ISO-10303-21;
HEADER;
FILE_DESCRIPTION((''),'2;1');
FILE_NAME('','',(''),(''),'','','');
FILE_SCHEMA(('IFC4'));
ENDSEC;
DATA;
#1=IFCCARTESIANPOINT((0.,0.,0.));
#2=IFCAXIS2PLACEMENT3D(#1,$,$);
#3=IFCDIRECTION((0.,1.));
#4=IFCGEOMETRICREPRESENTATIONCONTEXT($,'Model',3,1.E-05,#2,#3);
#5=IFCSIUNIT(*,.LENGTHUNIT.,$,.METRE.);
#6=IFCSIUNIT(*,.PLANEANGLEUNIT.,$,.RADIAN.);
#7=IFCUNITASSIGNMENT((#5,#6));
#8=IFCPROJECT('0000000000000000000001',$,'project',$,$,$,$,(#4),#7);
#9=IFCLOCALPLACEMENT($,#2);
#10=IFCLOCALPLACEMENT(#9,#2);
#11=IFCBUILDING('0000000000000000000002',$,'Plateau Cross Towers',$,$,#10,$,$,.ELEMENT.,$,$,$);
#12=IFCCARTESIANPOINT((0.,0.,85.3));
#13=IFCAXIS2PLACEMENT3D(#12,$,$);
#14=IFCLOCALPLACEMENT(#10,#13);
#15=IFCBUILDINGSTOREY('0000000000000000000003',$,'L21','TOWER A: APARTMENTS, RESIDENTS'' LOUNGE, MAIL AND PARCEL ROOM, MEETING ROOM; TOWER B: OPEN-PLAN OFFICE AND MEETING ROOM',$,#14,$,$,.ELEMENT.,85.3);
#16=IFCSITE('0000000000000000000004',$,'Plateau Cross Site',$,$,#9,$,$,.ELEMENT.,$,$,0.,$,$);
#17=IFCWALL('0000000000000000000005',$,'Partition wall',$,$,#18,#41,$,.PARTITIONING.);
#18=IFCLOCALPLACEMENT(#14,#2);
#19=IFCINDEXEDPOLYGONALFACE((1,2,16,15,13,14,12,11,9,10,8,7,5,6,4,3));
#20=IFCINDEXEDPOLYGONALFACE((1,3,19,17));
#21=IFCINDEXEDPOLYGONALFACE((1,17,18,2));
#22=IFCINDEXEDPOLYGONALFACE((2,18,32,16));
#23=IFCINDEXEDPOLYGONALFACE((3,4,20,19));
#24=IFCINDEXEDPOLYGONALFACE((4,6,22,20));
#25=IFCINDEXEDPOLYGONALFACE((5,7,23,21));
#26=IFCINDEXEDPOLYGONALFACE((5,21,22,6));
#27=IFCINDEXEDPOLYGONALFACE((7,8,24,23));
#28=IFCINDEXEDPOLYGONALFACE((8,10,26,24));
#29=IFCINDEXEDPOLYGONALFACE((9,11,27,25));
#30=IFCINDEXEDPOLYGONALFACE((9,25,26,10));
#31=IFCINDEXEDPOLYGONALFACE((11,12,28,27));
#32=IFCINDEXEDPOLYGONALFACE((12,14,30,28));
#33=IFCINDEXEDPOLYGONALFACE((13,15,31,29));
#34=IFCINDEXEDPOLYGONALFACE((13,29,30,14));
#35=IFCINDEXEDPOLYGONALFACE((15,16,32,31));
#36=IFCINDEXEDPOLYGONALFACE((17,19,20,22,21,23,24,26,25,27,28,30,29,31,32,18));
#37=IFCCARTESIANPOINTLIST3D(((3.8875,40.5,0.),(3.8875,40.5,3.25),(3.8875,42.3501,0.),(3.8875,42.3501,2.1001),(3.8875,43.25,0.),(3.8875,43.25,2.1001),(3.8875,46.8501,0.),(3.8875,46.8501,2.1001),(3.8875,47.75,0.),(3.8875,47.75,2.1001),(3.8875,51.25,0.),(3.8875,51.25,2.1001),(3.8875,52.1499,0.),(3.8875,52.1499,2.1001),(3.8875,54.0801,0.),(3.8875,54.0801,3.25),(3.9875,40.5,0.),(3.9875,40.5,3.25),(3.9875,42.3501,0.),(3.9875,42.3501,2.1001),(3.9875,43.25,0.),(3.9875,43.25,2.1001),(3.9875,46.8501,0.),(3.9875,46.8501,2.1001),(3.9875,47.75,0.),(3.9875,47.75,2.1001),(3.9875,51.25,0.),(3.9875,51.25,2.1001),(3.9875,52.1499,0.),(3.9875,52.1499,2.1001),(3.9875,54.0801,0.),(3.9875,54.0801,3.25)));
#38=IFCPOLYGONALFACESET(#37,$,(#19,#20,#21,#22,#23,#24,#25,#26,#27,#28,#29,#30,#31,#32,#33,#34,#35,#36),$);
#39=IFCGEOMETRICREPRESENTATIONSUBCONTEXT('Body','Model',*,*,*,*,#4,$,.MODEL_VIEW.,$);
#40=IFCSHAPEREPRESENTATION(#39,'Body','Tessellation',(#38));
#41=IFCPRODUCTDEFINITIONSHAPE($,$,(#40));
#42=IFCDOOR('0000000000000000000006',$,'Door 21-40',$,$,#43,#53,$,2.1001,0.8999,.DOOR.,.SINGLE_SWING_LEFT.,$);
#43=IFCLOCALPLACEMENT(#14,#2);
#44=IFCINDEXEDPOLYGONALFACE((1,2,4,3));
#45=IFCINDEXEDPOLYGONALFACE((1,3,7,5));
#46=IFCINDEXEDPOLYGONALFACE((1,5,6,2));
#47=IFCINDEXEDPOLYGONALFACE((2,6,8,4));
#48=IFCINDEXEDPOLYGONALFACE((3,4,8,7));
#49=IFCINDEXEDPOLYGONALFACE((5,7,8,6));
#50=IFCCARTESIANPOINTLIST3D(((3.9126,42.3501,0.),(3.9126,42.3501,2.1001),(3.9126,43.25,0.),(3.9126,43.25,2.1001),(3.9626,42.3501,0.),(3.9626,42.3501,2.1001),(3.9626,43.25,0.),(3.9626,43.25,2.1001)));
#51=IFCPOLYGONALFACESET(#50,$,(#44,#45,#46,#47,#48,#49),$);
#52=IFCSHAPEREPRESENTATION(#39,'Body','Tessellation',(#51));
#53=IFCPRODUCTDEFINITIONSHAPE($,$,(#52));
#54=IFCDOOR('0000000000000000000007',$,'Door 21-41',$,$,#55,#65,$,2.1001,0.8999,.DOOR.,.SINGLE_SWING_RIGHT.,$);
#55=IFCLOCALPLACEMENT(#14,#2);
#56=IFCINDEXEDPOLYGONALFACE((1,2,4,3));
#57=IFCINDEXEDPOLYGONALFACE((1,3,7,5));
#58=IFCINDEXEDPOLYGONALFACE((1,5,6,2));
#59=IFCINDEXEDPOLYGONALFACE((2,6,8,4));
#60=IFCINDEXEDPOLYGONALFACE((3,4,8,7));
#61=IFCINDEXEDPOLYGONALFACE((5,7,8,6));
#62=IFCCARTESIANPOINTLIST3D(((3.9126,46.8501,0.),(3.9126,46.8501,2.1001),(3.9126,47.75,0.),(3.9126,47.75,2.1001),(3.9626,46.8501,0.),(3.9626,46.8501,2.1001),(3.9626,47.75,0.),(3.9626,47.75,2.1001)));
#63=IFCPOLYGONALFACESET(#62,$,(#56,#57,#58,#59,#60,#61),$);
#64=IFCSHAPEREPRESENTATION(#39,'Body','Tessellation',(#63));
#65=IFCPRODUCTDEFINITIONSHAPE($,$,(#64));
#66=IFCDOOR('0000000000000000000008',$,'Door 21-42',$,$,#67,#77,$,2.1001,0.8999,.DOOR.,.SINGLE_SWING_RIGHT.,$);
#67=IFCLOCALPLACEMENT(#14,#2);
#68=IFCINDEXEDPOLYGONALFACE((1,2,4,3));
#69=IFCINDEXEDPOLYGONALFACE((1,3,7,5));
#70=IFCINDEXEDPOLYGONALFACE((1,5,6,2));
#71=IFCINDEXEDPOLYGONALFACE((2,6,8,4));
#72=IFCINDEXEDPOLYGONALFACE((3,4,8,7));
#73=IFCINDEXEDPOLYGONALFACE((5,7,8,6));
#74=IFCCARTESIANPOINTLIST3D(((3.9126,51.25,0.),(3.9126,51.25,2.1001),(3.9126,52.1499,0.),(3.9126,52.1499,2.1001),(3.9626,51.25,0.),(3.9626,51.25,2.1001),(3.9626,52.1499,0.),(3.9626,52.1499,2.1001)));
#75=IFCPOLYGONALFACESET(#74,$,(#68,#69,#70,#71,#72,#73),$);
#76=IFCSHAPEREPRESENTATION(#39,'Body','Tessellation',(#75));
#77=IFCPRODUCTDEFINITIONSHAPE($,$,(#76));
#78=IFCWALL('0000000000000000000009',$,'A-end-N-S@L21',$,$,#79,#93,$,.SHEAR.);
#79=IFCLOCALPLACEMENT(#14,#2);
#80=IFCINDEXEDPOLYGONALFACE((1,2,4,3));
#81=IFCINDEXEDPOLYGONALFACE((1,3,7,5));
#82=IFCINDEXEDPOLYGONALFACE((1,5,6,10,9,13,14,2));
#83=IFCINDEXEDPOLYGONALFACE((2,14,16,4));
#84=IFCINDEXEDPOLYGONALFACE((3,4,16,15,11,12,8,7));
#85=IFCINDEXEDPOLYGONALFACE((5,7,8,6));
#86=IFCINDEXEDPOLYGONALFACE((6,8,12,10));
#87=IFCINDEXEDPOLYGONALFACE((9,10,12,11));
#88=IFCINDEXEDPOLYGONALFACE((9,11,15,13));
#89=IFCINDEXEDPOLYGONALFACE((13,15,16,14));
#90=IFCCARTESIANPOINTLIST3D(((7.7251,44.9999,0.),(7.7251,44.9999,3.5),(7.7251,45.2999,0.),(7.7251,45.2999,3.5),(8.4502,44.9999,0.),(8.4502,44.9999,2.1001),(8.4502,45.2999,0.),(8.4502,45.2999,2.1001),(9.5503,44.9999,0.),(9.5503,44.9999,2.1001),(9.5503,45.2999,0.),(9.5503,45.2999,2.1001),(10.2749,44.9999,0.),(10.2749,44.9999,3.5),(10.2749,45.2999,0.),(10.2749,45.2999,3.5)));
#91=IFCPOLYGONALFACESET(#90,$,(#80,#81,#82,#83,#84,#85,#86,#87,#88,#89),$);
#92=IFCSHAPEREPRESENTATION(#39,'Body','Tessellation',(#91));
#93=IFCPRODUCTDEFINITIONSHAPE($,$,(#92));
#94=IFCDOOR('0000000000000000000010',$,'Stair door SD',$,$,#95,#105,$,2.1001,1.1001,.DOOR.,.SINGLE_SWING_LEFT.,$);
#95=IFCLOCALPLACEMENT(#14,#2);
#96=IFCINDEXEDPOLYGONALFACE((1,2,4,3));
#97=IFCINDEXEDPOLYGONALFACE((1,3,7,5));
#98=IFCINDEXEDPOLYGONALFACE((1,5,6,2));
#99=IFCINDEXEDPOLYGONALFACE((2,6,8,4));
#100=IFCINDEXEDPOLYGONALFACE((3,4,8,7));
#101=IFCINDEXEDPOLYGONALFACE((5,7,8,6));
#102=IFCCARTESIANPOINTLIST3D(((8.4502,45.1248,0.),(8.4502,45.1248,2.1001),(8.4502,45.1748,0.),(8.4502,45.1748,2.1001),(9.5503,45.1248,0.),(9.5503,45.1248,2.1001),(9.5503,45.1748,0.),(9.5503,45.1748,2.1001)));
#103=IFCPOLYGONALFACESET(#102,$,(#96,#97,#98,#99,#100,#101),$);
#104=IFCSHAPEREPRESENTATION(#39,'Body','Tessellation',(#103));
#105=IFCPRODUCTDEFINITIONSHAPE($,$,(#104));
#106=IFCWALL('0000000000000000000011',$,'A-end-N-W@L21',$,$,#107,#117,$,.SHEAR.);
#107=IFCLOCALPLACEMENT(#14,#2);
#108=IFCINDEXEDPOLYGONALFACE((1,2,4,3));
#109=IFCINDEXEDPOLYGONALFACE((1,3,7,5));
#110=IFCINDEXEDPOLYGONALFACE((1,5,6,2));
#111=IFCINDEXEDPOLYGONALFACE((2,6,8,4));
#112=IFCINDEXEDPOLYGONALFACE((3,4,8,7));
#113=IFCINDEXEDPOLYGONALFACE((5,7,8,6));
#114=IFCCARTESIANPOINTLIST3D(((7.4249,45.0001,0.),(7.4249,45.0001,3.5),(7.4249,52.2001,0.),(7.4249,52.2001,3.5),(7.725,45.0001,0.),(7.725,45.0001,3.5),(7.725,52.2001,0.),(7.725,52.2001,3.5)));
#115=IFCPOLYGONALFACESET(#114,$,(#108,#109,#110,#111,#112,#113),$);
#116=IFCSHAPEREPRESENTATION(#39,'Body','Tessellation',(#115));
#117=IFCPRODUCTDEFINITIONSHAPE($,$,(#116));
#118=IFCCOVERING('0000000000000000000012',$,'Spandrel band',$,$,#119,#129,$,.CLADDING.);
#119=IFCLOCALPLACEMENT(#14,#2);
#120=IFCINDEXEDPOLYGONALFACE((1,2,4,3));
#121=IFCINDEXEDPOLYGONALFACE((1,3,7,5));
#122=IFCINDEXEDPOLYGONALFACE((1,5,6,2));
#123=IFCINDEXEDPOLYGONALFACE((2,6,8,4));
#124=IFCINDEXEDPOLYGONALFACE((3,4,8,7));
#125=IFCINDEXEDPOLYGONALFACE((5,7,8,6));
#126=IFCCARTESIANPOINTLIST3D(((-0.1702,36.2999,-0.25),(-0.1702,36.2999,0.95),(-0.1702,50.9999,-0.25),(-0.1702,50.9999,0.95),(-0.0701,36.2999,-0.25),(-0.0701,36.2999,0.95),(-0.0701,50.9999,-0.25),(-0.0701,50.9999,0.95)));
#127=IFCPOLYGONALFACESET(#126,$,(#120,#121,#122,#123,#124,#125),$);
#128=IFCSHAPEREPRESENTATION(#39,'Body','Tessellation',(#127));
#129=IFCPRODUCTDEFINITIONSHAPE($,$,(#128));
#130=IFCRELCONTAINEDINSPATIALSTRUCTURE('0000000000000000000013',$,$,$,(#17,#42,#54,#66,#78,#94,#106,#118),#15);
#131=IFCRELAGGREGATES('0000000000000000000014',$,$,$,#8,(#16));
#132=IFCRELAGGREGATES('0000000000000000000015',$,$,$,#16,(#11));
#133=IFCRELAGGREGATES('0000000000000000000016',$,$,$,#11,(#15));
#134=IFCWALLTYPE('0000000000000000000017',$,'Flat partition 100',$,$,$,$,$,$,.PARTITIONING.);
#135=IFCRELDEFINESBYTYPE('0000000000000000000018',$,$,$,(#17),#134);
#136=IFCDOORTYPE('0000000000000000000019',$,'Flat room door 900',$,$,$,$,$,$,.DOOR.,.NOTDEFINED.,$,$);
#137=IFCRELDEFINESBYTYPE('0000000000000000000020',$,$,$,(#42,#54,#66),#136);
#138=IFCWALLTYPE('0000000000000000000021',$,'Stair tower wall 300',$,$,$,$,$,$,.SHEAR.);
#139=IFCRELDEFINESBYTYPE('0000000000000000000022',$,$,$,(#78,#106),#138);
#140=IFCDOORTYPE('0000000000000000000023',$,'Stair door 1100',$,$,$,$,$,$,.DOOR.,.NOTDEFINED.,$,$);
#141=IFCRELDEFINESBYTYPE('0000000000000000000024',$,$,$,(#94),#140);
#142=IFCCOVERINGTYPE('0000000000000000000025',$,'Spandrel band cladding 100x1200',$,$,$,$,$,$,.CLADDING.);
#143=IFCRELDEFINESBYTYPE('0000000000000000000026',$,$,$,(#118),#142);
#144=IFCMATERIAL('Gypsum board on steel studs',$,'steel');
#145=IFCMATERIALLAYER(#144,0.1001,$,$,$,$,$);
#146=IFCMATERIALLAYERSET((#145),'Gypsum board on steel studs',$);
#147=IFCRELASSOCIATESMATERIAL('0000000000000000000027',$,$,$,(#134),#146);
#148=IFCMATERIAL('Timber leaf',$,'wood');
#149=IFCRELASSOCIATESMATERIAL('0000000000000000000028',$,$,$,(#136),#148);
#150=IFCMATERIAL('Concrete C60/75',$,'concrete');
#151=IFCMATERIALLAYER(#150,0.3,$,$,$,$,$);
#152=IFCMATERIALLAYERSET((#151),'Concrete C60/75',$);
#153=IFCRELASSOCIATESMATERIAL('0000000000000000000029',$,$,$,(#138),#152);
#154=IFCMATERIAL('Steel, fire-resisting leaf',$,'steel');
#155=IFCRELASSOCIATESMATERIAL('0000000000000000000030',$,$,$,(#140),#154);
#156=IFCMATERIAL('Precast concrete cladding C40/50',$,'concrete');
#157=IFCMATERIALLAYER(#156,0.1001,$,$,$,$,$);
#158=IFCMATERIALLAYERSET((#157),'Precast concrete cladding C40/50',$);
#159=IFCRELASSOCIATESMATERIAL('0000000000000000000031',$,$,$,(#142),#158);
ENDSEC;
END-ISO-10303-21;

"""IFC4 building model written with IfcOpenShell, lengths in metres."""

from ifc_helpers import new_model, si_unit, direction, frame, frame_2d, origin, origin_2d, place, context, subcontext, project, spatial, rectangle, extrude, material, layer, layer_set, type_object, element, fill, save


model = new_model("IFC4")

# Units and contexts
model_context = context("Model", 3, precision=1e-05, world=origin(), true_north=direction((0.0, 1.0)))
body_context = subcontext(model_context, "Body", "Model", "MODEL_VIEW")
ifc_project = project(units=[si_unit("LENGTHUNIT", "METRE"), si_unit("PLANEANGLEUNIT", "RADIAN")], contexts=[model_context])

# Site, building, storey
site_placement = place(None, origin())
site = spatial("IfcSite", under=ifc_project, at=site_placement, Name="Plateau Cross Site", CompositionType="ELEMENT", RefElevation=0.0)
building_placement = place(site_placement, origin())
building = spatial("IfcBuilding", under=site, at=building_placement, Name="Plateau Cross Towers", CompositionType="ELEMENT")
storey_placement = place(building_placement, frame((0.0, 0.0, 85.3)))
storey = spatial("IfcBuildingStorey", under=building, at=storey_placement, Name="L21", Description="TOWER A: APARTMENTS, RESIDENTS' LOUNGE, MAIL AND PARCEL ROOM, MEETING ROOM; TOWER B: OPEN-PLAN OFFICE AND MEETING ROOM", CompositionType="ELEMENT", Elevation=85.3)

# Shared definitions
ifc_material_1 = material(Name="Gypsum board on steel studs", Category="steel")
ifc_layer_1 = layer(ifc_material_1, 0.1001)
ifc_layer_set_1 = layer_set([ifc_layer_1], Name="Gypsum board on steel studs")
wall_type_1 = type_object("IfcWallType", Name="Flat partition 100", PredefinedType="PARTITIONING", material=ifc_layer_set_1)

# Shared definitions
ifc_material_2 = material(Name="Timber leaf", Category="wood")
door_type_1 = type_object("IfcDoorType", Name="Flat room door 900", OperationType="NOTDEFINED", PredefinedType="DOOR", material=ifc_material_2)

# Wall, openings, doors
wall_1_placement = place(storey_placement, frame((3.9375, 40.5, 0.0), z_axis=(0.0, 0.0, 1.0), x_axis=(0.0, 1.0, 0.0)))
wall_1 = element("IfcWall", 1, at=wall_1_placement, inside=storey, type_object=wall_type_1, Name="Partition wall", PredefinedType="PARTITIONING", context=body_context, shape_type="SweptSolid", body=[
    extrude(rectangle(XDim=13.5801, YDim=0.1001, at=frame_2d((6.79, 0.0))), origin(), (0.0, 0.0, 1.0), 3.25),
])
opening_1_placement = place(wall_1_placement, frame((1.8501, 0.0, 0.0)))
opening_1 = element("IfcOpeningElement", 2, at=opening_1_placement, cuts=wall_1, PredefinedType="OPENING", context=body_context, shape_type="SweptSolid", body=[
    extrude(rectangle(XDim=0.8999, YDim=2.1001, at=frame_2d((0.45, 1.05))), frame((0.0, 0.0601, 0.0), z_axis=(0.0, -1.0, 0.0), x_axis=(1.0, 0.0, 0.0)), (0.0, 0.0, 1.0), 0.1201),
])
opening_2_placement = place(wall_1_placement, frame((6.3501, 0.0, 0.0)))
opening_2 = element("IfcOpeningElement", 3, at=opening_2_placement, cuts=wall_1, PredefinedType="OPENING", context=body_context, shape_type="SweptSolid", body=[
    extrude(rectangle(XDim=0.8999, YDim=2.1001, at=frame_2d((0.45, 1.05))), frame((0.0, 0.0601, 0.0), z_axis=(0.0, -1.0, 0.0), x_axis=(1.0, 0.0, 0.0)), (0.0, 0.0, 1.0), 0.1201),
])
opening_3_placement = place(wall_1_placement, frame((10.75, 0.0, 0.0)))
opening_3 = element("IfcOpeningElement", 4, at=opening_3_placement, cuts=wall_1, PredefinedType="OPENING", context=body_context, shape_type="SweptSolid", body=[
    extrude(rectangle(XDim=0.8999, YDim=2.1001, at=frame_2d((0.45, 1.05))), frame((0.0, 0.0601, 0.0), z_axis=(0.0, -1.0, 0.0), x_axis=(1.0, 0.0, 0.0)), (0.0, 0.0, 1.0), 0.1201),
])
door_1_placement = place(opening_1_placement, origin())
door_1 = element("IfcDoor", 5, at=door_1_placement, inside=storey, type_object=door_type_1, Name="Door 21-40", OperationType="SINGLE_SWING_LEFT", OverallHeight=2.1001, OverallWidth=0.8999, PredefinedType="DOOR", context=body_context, shape_type="SweptSolid", body=[
    extrude(rectangle(XDim=0.8999, YDim=2.1001, at=frame_2d((0.45, 1.05))), frame((0.0, 0.0249, 0.0), z_axis=(0.0, -1.0, 0.0), x_axis=(1.0, 0.0, 0.0)), (0.0, 0.0, 1.0), 0.05),
])
fill(opening_1, door_1)
door_2_placement = place(opening_2_placement, origin())
door_2 = element("IfcDoor", 6, at=door_2_placement, inside=storey, type_object=door_type_1, Name="Door 21-41", OperationType="SINGLE_SWING_RIGHT", OverallHeight=2.1001, OverallWidth=0.8999, PredefinedType="DOOR", context=body_context, shape_type="SweptSolid", body=[
    extrude(rectangle(XDim=0.8999, YDim=2.1001, at=frame_2d((0.45, 1.05))), frame((0.0, 0.0249, 0.0), z_axis=(0.0, -1.0, 0.0), x_axis=(1.0, 0.0, 0.0)), (0.0, 0.0, 1.0), 0.05),
])
fill(opening_2, door_2)
door_3_placement = place(opening_3_placement, origin())
door_3 = element("IfcDoor", 7, at=door_3_placement, inside=storey, type_object=door_type_1, Name="Door 21-42", OperationType="SINGLE_SWING_RIGHT", OverallHeight=2.1001, OverallWidth=0.8999, PredefinedType="DOOR", context=body_context, shape_type="SweptSolid", body=[
    extrude(rectangle(XDim=0.8999, YDim=2.1001, at=frame_2d((0.45, 1.05))), frame((0.0, 0.0249, 0.0), z_axis=(0.0, -1.0, 0.0), x_axis=(1.0, 0.0, 0.0)), (0.0, 0.0, 1.0), 0.05),
])
fill(opening_3, door_3)

# Wall, opening, door
ifc_material_3 = material(Name="Concrete C60/75", Category="concrete")
ifc_layer_2 = layer(ifc_material_3, 0.3)
ifc_layer_set_2 = layer_set([ifc_layer_2], Name="Concrete C60/75")
wall_type_2 = type_object("IfcWallType", Name="Stair tower wall 300", PredefinedType="SHEAR", material=ifc_layer_set_2)
wall_2_placement = place(storey_placement, frame((7.7251, 45.1499, 0.0), z_axis=(0.0, 0.0, 1.0), x_axis=(1.0, 0.0, 0.0)))
wall_2 = element("IfcWall", 8, at=wall_2_placement, inside=storey, type_object=wall_type_2, Name="A-end-N-S@L21", PredefinedType="SHEAR", context=body_context, shape_type="SweptSolid", body=[
    extrude(rectangle(XDim=2.5498, YDim=0.3, at=frame_2d((1.2749, 0.0))), origin(), (0.0, 0.0, 1.0), 3.5),
])
opening_4_placement = place(wall_2_placement, frame((0.7251, 0.0, 0.0)))
opening_4 = element("IfcOpeningElement", 9, at=opening_4_placement, cuts=wall_2, PredefinedType="OPENING", context=body_context, shape_type="SweptSolid", body=[
    extrude(rectangle(XDim=1.1001, YDim=2.1001, at=frame_2d((0.55, 1.05))), frame((0.0, 0.1599, 0.0), z_axis=(0.0, -1.0, 0.0), x_axis=(1.0, 0.0, 0.0)), (0.0, 0.0, 1.0), 0.3201),
])
ifc_material_4 = material(Name="Steel, fire-resisting leaf", Category="steel")
door_type_2 = type_object("IfcDoorType", Name="Stair door 1100", OperationType="NOTDEFINED", PredefinedType="DOOR", material=ifc_material_4)
door_4_placement = place(opening_4_placement, origin())
door_4 = element("IfcDoor", 10, at=door_4_placement, inside=storey, type_object=door_type_2, Name="Stair door SD", OperationType="SINGLE_SWING_LEFT", OverallHeight=2.1001, OverallWidth=1.1001, PredefinedType="DOOR", context=body_context, shape_type="SweptSolid", body=[
    extrude(rectangle(XDim=1.1001, YDim=2.1001, at=frame_2d((0.55, 1.05))), frame((0.0, 0.0249, 0.0), z_axis=(0.0, -1.0, 0.0), x_axis=(1.0, 0.0, 0.0)), (0.0, 0.0, 1.0), 0.05),
])
fill(opening_4, door_4)

# Wall
wall_3_placement = place(storey_placement, frame((7.575, 45.0, 0.0), z_axis=(0.0, 0.0, 1.0), x_axis=(0.0, 1.0, 0.0)))
element("IfcWall", 11, at=wall_3_placement, inside=storey, type_object=wall_type_2, Name="A-end-N-W@L21", PredefinedType="SHEAR", context=body_context, shape_type="SweptSolid", body=[
    extrude(rectangle(XDim=7.2, YDim=0.3, at=frame_2d((3.6001, 0.0))), origin(), (0.0, 0.0, 1.0), 3.5),
])

# Covering
ifc_material_5 = material(Name="Precast concrete cladding C40/50", Category="concrete")
ifc_layer_3 = layer(ifc_material_5, 0.1001)
ifc_layer_set_3 = layer_set([ifc_layer_3], Name="Precast concrete cladding C40/50")
covering_type = type_object("IfcCoveringType", Name="Spandrel band cladding 100x1200", PredefinedType="CLADDING", material=ifc_layer_set_3)
covering_placement = place(storey_placement, frame((-0.1201, 43.6499, -0.25), z_axis=(0.0, 0.0, 1.0), x_axis=(0.0, -1.0, 0.0)))
element("IfcCovering", 12, at=covering_placement, inside=storey, type_object=covering_type, Name="Spandrel band", PredefinedType="CLADDING", context=body_context, shape_type="SweptSolid", body=[
    extrude(rectangle(XDim=14.7, YDim=0.1001, at=origin_2d()), origin(), (0.0, 0.0, 1.0), 1.2),
])

save(model, "model.ifc")
